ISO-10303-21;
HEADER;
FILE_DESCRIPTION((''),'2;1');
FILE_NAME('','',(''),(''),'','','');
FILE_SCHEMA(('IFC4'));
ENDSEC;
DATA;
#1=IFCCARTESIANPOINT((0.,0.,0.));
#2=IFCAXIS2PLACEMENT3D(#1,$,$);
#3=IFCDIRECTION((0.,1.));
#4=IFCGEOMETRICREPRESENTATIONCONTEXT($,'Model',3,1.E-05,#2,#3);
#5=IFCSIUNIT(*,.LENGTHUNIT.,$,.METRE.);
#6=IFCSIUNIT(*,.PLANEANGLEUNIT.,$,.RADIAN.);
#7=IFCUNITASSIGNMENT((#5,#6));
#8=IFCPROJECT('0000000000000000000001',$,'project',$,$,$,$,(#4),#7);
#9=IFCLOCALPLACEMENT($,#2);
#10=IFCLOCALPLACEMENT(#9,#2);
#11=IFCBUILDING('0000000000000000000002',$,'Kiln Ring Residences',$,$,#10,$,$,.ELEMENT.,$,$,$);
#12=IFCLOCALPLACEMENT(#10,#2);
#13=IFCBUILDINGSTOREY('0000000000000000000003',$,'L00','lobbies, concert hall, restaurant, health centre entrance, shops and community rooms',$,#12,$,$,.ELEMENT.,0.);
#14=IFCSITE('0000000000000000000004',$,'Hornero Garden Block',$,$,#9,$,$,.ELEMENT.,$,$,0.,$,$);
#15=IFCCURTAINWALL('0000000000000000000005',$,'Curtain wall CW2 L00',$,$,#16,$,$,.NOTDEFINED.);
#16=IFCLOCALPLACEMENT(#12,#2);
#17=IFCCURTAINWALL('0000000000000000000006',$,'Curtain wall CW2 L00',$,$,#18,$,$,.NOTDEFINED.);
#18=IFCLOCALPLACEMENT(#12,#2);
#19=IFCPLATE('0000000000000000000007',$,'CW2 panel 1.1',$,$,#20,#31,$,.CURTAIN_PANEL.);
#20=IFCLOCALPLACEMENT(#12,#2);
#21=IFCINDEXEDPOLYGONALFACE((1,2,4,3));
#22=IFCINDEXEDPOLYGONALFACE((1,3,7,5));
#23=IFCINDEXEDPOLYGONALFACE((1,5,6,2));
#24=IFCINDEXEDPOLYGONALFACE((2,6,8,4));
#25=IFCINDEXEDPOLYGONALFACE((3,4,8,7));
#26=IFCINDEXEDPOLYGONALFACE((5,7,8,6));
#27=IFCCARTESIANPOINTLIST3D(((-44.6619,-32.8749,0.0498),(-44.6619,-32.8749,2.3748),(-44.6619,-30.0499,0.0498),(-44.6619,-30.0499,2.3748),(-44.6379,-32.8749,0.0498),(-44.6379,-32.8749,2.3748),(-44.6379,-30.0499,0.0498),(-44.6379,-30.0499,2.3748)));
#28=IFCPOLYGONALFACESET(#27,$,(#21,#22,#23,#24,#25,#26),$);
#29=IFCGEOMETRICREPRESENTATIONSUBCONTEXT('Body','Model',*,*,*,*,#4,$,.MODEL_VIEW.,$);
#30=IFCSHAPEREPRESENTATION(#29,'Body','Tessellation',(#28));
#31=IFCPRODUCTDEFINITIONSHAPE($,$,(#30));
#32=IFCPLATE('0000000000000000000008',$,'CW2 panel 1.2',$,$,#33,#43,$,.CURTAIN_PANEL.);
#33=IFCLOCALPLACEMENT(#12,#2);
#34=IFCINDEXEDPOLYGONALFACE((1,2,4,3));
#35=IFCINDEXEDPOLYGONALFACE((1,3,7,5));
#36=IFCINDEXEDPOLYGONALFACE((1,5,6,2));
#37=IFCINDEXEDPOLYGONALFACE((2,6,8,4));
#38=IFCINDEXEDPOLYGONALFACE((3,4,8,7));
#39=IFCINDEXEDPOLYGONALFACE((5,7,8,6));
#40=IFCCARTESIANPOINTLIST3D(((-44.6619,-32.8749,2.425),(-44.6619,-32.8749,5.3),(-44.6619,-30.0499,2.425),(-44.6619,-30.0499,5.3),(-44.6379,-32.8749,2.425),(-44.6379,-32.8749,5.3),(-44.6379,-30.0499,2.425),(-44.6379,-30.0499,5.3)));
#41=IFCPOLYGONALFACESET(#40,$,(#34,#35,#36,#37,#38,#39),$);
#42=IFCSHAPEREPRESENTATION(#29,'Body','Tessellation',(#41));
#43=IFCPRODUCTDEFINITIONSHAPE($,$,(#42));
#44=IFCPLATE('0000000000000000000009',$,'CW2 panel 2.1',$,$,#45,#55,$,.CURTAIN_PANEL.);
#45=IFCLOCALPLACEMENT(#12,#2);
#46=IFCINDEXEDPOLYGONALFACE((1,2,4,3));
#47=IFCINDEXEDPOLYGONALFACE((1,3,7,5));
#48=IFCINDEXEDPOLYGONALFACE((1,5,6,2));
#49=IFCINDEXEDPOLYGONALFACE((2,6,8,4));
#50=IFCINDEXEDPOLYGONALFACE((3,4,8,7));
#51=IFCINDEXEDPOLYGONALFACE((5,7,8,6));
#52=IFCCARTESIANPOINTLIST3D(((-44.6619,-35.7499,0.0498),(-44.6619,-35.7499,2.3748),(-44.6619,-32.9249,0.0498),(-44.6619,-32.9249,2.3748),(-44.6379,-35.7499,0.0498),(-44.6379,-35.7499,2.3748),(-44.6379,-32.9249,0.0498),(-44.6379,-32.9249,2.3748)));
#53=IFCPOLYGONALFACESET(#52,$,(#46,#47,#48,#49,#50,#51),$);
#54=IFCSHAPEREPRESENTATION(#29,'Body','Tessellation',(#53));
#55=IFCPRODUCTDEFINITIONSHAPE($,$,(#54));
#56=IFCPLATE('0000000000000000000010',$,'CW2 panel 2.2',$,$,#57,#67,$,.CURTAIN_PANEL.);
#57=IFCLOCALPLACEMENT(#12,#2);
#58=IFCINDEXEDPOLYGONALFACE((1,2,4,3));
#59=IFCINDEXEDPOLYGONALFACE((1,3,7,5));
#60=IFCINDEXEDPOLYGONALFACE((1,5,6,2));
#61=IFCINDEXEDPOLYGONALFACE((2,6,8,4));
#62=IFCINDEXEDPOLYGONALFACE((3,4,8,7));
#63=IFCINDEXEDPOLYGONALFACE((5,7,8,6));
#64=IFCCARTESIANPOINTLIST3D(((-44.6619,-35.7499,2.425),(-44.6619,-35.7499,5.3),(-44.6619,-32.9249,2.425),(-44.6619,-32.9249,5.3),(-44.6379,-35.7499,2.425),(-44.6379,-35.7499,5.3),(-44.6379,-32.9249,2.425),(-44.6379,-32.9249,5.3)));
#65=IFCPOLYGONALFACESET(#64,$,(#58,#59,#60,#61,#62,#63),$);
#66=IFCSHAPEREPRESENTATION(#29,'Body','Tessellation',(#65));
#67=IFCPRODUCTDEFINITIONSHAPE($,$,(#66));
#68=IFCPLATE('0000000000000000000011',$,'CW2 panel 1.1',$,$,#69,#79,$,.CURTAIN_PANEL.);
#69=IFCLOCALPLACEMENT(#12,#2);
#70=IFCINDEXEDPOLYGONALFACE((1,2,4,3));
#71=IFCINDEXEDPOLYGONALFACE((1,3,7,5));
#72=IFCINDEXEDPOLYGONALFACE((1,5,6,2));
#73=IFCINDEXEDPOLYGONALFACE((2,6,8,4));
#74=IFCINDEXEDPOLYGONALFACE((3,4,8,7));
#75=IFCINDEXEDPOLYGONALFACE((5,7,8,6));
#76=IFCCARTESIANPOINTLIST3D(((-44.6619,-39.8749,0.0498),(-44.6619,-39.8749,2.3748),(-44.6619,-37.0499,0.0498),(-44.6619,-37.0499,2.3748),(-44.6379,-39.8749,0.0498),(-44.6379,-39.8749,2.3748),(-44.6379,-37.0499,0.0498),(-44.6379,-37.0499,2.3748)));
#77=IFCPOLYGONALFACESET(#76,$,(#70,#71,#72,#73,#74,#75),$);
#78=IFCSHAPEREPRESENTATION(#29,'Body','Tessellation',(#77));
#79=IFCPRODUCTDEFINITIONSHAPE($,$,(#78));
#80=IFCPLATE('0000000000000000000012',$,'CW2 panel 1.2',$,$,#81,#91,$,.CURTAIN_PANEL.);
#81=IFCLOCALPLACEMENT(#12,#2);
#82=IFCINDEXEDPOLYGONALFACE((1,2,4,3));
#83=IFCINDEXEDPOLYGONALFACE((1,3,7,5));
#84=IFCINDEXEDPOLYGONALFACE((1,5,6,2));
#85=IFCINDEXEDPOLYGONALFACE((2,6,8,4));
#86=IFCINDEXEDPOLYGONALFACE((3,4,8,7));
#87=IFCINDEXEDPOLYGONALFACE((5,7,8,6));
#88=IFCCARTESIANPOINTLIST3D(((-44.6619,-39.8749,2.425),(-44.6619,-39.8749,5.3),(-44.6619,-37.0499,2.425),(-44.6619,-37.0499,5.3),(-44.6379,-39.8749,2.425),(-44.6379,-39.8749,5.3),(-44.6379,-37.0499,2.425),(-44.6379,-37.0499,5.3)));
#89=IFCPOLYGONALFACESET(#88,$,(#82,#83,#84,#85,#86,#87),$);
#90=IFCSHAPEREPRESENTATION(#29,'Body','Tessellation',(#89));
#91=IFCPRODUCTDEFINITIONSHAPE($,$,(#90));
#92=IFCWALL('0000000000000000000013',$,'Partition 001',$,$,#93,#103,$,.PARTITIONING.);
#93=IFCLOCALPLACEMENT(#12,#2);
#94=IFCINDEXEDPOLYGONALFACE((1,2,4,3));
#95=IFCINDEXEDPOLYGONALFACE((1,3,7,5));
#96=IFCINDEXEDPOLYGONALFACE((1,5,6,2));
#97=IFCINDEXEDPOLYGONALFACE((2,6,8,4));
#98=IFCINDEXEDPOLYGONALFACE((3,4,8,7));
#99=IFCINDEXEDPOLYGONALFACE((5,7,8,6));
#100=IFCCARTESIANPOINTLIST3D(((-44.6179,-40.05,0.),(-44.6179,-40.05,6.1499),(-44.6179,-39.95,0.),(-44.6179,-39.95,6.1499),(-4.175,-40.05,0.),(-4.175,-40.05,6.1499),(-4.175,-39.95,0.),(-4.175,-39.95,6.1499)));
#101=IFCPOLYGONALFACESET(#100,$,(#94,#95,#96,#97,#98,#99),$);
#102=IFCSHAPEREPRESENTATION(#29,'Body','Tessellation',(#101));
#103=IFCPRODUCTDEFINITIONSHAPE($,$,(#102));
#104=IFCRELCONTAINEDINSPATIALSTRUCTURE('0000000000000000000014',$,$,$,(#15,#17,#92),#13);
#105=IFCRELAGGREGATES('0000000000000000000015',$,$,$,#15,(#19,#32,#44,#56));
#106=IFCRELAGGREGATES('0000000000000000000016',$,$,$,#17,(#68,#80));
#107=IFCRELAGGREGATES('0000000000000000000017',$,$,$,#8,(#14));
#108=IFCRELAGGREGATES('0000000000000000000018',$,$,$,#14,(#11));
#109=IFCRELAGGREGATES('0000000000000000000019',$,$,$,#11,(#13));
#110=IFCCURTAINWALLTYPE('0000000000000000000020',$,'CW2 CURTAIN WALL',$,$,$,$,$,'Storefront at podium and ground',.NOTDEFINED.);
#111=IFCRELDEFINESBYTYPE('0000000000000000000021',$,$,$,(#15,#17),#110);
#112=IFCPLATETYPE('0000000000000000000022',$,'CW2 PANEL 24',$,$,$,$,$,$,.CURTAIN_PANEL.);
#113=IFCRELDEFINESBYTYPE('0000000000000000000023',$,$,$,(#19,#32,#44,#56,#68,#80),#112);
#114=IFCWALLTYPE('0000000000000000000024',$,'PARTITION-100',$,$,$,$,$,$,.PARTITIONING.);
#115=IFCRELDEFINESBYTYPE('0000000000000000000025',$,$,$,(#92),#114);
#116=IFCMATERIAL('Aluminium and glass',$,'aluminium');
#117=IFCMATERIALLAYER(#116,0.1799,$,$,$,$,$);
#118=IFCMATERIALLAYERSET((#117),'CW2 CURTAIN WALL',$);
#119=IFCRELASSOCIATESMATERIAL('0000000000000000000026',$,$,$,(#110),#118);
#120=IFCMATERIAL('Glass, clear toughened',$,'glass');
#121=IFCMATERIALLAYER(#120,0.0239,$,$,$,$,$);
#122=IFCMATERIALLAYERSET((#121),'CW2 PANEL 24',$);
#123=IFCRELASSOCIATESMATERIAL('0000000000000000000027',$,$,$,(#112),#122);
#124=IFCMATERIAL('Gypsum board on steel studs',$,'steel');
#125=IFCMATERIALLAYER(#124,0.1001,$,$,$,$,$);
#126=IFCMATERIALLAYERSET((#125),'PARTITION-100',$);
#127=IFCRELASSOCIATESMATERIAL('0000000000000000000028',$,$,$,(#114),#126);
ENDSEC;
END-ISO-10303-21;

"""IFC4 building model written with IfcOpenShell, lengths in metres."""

from ifc_helpers import new_model, si_unit, direction, frame, frame_2d, origin, origin_2d, place, context, subcontext, project, spatial, rectangle, extrude, material, layer, layer_set, type_object, element, aggregate, save


model = new_model("IFC4")

# Units and contexts
model_context = context("Model", 3, precision=1e-05, world=origin(), true_north=direction((0.0, 1.0)))
body_context = subcontext(model_context, "Body", "Model", "MODEL_VIEW")
ifc_project = project(units=[si_unit("LENGTHUNIT", "METRE"), si_unit("PLANEANGLEUNIT", "RADIAN")], contexts=[model_context])

# Site, building, storey
site_placement = place(None, origin())
site = spatial("IfcSite", under=ifc_project, at=site_placement, Name="Hornero Garden Block", CompositionType="ELEMENT", RefElevation=0.0)
building_placement = place(site_placement, origin())
building = spatial("IfcBuilding", under=site, at=building_placement, Name="Kiln Ring Residences", CompositionType="ELEMENT")
storey_placement = place(building_placement, origin())
storey = spatial("IfcBuildingStorey", under=building, at=storey_placement, Name="L00", Description="lobbies, concert hall, restaurant, health centre entrance, shops and community rooms", CompositionType="ELEMENT", Elevation=0.0)

# Curtain walls
ifc_material_1 = material(Name="Aluminium and glass", Category="aluminium")
ifc_layer_1 = layer(ifc_material_1, 0.1799)
ifc_layer_set_1 = layer_set([ifc_layer_1], Name="CW2 CURTAIN WALL")
curtain_wall_type = type_object("IfcCurtainWallType", Name="CW2 CURTAIN WALL", ElementType="Storefront at podium and ground", PredefinedType="NOTDEFINED", material=ifc_layer_set_1)
placement = place(storey_placement, origin())
curtain_wall_1 = element("IfcCurtainWall", 1, at=placement, inside=storey, type_object=curtain_wall_type, Name="Curtain wall CW2 L00", PredefinedType="NOTDEFINED")
curtain_wall_2 = element("IfcCurtainWall", 2, at=placement, inside=storey, type_object=curtain_wall_type, Name="Curtain wall CW2 L00", PredefinedType="NOTDEFINED")

# Plates
ifc_material_2 = material(Name="Glass, clear toughened", Category="glass")
ifc_layer_2 = layer(ifc_material_2, 0.0239)
ifc_layer_set_2 = layer_set([ifc_layer_2], Name="CW2 PANEL 24")
plate_type = type_object("IfcPlateType", Name="CW2 PANEL 24", PredefinedType="CURTAIN_PANEL", material=ifc_layer_set_2)
plate_1_placement = place(storey_placement, frame((-44.6499, -31.4624, 0.0498), z_axis=(0.0, 0.0, 1.0), x_axis=(0.0, -1.0, 0.0)))
plate_1 = element("IfcPlate", 3, at=plate_1_placement, type_object=plate_type, Name="CW2 panel 1.1", PredefinedType="CURTAIN_PANEL", context=body_context, shape_type="SweptSolid", body=[
    extrude(rectangle(XDim=2.825, YDim=0.0239, at=origin_2d()), origin(), (0.0, 0.0, 1.0), 2.325),
])
plate_2_placement = place(storey_placement, frame((-44.6499, -31.4624, 2.425), z_axis=(0.0, 0.0, 1.0), x_axis=(0.0, -1.0, 0.0)))
plate_2 = element("IfcPlate", 4, at=plate_2_placement, type_object=plate_type, Name="CW2 panel 1.2", PredefinedType="CURTAIN_PANEL", context=body_context, shape_type="SweptSolid", body=[
    extrude(rectangle(XDim=2.825, YDim=0.0239, at=origin_2d()), origin(), (0.0, 0.0, 1.0), 2.875),
])
plate_3_placement = place(storey_placement, frame((-44.6499, -34.3374, 0.0498), z_axis=(0.0, 0.0, 1.0), x_axis=(0.0, -1.0, 0.0)))
plate_3 = element("IfcPlate", 5, at=plate_3_placement, type_object=plate_type, Name="CW2 panel 2.1", PredefinedType="CURTAIN_PANEL", context=body_context, shape_type="SweptSolid", body=[
    extrude(rectangle(XDim=2.825, YDim=0.0239, at=origin_2d()), origin(), (0.0, 0.0, 1.0), 2.325),
])
plate_4_placement = place(storey_placement, frame((-44.6499, -34.3374, 2.425), z_axis=(0.0, 0.0, 1.0), x_axis=(0.0, -1.0, 0.0)))
plate_4 = element("IfcPlate", 6, at=plate_4_placement, type_object=plate_type, Name="CW2 panel 2.2", PredefinedType="CURTAIN_PANEL", context=body_context, shape_type="SweptSolid", body=[
    extrude(rectangle(XDim=2.825, YDim=0.0239, at=origin_2d()), origin(), (0.0, 0.0, 1.0), 2.875),
])
aggregate(curtain_wall_1, [plate_1, plate_2, plate_3, plate_4])
plate_5_placement = place(storey_placement, frame((-44.6499, -38.4624, 0.0498), z_axis=(0.0, 0.0, 1.0), x_axis=(0.0, -1.0, 0.0)))
plate_5 = element("IfcPlate", 7, at=plate_5_placement, type_object=plate_type, Name="CW2 panel 1.1", PredefinedType="CURTAIN_PANEL", context=body_context, shape_type="SweptSolid", body=[
    extrude(rectangle(XDim=2.825, YDim=0.0239, at=origin_2d()), origin(), (0.0, 0.0, 1.0), 2.325),
])
plate_6_placement = place(storey_placement, frame((-44.6499, -38.4624, 2.425), z_axis=(0.0, 0.0, 1.0), x_axis=(0.0, -1.0, 0.0)))
plate_6 = element("IfcPlate", 8, at=plate_6_placement, type_object=plate_type, Name="CW2 panel 1.2", PredefinedType="CURTAIN_PANEL", context=body_context, shape_type="SweptSolid", body=[
    extrude(rectangle(XDim=2.825, YDim=0.0239, at=origin_2d()), origin(), (0.0, 0.0, 1.0), 2.875),
])
aggregate(curtain_wall_2, [plate_5, plate_6])

# Wall
ifc_material_3 = material(Name="Gypsum board on steel studs", Category="steel")
ifc_layer_3 = layer(ifc_material_3, 0.1001)
ifc_layer_set_3 = layer_set([ifc_layer_3], Name="PARTITION-100")
wall_type = type_object("IfcWallType", Name="PARTITION-100", PredefinedType="PARTITIONING", material=ifc_layer_set_3)
wall_placement = place(storey_placement, frame((-44.6179, -40.0, 0.0), z_axis=(0.0, 0.0, 1.0), x_axis=(1.0, 0.0, 0.0)))
element("IfcWall", 9, at=wall_placement, inside=storey, type_object=wall_type, Name="Partition 001", PredefinedType="PARTITIONING", context=body_context, shape_type="SweptSolid", body=[
    extrude(rectangle(XDim=40.4429, YDim=0.1001, at=frame_2d((20.2214, 0.0))), origin(), (0.0, 0.0, 1.0), 6.1499),
])

save(model, "model.ifc")
